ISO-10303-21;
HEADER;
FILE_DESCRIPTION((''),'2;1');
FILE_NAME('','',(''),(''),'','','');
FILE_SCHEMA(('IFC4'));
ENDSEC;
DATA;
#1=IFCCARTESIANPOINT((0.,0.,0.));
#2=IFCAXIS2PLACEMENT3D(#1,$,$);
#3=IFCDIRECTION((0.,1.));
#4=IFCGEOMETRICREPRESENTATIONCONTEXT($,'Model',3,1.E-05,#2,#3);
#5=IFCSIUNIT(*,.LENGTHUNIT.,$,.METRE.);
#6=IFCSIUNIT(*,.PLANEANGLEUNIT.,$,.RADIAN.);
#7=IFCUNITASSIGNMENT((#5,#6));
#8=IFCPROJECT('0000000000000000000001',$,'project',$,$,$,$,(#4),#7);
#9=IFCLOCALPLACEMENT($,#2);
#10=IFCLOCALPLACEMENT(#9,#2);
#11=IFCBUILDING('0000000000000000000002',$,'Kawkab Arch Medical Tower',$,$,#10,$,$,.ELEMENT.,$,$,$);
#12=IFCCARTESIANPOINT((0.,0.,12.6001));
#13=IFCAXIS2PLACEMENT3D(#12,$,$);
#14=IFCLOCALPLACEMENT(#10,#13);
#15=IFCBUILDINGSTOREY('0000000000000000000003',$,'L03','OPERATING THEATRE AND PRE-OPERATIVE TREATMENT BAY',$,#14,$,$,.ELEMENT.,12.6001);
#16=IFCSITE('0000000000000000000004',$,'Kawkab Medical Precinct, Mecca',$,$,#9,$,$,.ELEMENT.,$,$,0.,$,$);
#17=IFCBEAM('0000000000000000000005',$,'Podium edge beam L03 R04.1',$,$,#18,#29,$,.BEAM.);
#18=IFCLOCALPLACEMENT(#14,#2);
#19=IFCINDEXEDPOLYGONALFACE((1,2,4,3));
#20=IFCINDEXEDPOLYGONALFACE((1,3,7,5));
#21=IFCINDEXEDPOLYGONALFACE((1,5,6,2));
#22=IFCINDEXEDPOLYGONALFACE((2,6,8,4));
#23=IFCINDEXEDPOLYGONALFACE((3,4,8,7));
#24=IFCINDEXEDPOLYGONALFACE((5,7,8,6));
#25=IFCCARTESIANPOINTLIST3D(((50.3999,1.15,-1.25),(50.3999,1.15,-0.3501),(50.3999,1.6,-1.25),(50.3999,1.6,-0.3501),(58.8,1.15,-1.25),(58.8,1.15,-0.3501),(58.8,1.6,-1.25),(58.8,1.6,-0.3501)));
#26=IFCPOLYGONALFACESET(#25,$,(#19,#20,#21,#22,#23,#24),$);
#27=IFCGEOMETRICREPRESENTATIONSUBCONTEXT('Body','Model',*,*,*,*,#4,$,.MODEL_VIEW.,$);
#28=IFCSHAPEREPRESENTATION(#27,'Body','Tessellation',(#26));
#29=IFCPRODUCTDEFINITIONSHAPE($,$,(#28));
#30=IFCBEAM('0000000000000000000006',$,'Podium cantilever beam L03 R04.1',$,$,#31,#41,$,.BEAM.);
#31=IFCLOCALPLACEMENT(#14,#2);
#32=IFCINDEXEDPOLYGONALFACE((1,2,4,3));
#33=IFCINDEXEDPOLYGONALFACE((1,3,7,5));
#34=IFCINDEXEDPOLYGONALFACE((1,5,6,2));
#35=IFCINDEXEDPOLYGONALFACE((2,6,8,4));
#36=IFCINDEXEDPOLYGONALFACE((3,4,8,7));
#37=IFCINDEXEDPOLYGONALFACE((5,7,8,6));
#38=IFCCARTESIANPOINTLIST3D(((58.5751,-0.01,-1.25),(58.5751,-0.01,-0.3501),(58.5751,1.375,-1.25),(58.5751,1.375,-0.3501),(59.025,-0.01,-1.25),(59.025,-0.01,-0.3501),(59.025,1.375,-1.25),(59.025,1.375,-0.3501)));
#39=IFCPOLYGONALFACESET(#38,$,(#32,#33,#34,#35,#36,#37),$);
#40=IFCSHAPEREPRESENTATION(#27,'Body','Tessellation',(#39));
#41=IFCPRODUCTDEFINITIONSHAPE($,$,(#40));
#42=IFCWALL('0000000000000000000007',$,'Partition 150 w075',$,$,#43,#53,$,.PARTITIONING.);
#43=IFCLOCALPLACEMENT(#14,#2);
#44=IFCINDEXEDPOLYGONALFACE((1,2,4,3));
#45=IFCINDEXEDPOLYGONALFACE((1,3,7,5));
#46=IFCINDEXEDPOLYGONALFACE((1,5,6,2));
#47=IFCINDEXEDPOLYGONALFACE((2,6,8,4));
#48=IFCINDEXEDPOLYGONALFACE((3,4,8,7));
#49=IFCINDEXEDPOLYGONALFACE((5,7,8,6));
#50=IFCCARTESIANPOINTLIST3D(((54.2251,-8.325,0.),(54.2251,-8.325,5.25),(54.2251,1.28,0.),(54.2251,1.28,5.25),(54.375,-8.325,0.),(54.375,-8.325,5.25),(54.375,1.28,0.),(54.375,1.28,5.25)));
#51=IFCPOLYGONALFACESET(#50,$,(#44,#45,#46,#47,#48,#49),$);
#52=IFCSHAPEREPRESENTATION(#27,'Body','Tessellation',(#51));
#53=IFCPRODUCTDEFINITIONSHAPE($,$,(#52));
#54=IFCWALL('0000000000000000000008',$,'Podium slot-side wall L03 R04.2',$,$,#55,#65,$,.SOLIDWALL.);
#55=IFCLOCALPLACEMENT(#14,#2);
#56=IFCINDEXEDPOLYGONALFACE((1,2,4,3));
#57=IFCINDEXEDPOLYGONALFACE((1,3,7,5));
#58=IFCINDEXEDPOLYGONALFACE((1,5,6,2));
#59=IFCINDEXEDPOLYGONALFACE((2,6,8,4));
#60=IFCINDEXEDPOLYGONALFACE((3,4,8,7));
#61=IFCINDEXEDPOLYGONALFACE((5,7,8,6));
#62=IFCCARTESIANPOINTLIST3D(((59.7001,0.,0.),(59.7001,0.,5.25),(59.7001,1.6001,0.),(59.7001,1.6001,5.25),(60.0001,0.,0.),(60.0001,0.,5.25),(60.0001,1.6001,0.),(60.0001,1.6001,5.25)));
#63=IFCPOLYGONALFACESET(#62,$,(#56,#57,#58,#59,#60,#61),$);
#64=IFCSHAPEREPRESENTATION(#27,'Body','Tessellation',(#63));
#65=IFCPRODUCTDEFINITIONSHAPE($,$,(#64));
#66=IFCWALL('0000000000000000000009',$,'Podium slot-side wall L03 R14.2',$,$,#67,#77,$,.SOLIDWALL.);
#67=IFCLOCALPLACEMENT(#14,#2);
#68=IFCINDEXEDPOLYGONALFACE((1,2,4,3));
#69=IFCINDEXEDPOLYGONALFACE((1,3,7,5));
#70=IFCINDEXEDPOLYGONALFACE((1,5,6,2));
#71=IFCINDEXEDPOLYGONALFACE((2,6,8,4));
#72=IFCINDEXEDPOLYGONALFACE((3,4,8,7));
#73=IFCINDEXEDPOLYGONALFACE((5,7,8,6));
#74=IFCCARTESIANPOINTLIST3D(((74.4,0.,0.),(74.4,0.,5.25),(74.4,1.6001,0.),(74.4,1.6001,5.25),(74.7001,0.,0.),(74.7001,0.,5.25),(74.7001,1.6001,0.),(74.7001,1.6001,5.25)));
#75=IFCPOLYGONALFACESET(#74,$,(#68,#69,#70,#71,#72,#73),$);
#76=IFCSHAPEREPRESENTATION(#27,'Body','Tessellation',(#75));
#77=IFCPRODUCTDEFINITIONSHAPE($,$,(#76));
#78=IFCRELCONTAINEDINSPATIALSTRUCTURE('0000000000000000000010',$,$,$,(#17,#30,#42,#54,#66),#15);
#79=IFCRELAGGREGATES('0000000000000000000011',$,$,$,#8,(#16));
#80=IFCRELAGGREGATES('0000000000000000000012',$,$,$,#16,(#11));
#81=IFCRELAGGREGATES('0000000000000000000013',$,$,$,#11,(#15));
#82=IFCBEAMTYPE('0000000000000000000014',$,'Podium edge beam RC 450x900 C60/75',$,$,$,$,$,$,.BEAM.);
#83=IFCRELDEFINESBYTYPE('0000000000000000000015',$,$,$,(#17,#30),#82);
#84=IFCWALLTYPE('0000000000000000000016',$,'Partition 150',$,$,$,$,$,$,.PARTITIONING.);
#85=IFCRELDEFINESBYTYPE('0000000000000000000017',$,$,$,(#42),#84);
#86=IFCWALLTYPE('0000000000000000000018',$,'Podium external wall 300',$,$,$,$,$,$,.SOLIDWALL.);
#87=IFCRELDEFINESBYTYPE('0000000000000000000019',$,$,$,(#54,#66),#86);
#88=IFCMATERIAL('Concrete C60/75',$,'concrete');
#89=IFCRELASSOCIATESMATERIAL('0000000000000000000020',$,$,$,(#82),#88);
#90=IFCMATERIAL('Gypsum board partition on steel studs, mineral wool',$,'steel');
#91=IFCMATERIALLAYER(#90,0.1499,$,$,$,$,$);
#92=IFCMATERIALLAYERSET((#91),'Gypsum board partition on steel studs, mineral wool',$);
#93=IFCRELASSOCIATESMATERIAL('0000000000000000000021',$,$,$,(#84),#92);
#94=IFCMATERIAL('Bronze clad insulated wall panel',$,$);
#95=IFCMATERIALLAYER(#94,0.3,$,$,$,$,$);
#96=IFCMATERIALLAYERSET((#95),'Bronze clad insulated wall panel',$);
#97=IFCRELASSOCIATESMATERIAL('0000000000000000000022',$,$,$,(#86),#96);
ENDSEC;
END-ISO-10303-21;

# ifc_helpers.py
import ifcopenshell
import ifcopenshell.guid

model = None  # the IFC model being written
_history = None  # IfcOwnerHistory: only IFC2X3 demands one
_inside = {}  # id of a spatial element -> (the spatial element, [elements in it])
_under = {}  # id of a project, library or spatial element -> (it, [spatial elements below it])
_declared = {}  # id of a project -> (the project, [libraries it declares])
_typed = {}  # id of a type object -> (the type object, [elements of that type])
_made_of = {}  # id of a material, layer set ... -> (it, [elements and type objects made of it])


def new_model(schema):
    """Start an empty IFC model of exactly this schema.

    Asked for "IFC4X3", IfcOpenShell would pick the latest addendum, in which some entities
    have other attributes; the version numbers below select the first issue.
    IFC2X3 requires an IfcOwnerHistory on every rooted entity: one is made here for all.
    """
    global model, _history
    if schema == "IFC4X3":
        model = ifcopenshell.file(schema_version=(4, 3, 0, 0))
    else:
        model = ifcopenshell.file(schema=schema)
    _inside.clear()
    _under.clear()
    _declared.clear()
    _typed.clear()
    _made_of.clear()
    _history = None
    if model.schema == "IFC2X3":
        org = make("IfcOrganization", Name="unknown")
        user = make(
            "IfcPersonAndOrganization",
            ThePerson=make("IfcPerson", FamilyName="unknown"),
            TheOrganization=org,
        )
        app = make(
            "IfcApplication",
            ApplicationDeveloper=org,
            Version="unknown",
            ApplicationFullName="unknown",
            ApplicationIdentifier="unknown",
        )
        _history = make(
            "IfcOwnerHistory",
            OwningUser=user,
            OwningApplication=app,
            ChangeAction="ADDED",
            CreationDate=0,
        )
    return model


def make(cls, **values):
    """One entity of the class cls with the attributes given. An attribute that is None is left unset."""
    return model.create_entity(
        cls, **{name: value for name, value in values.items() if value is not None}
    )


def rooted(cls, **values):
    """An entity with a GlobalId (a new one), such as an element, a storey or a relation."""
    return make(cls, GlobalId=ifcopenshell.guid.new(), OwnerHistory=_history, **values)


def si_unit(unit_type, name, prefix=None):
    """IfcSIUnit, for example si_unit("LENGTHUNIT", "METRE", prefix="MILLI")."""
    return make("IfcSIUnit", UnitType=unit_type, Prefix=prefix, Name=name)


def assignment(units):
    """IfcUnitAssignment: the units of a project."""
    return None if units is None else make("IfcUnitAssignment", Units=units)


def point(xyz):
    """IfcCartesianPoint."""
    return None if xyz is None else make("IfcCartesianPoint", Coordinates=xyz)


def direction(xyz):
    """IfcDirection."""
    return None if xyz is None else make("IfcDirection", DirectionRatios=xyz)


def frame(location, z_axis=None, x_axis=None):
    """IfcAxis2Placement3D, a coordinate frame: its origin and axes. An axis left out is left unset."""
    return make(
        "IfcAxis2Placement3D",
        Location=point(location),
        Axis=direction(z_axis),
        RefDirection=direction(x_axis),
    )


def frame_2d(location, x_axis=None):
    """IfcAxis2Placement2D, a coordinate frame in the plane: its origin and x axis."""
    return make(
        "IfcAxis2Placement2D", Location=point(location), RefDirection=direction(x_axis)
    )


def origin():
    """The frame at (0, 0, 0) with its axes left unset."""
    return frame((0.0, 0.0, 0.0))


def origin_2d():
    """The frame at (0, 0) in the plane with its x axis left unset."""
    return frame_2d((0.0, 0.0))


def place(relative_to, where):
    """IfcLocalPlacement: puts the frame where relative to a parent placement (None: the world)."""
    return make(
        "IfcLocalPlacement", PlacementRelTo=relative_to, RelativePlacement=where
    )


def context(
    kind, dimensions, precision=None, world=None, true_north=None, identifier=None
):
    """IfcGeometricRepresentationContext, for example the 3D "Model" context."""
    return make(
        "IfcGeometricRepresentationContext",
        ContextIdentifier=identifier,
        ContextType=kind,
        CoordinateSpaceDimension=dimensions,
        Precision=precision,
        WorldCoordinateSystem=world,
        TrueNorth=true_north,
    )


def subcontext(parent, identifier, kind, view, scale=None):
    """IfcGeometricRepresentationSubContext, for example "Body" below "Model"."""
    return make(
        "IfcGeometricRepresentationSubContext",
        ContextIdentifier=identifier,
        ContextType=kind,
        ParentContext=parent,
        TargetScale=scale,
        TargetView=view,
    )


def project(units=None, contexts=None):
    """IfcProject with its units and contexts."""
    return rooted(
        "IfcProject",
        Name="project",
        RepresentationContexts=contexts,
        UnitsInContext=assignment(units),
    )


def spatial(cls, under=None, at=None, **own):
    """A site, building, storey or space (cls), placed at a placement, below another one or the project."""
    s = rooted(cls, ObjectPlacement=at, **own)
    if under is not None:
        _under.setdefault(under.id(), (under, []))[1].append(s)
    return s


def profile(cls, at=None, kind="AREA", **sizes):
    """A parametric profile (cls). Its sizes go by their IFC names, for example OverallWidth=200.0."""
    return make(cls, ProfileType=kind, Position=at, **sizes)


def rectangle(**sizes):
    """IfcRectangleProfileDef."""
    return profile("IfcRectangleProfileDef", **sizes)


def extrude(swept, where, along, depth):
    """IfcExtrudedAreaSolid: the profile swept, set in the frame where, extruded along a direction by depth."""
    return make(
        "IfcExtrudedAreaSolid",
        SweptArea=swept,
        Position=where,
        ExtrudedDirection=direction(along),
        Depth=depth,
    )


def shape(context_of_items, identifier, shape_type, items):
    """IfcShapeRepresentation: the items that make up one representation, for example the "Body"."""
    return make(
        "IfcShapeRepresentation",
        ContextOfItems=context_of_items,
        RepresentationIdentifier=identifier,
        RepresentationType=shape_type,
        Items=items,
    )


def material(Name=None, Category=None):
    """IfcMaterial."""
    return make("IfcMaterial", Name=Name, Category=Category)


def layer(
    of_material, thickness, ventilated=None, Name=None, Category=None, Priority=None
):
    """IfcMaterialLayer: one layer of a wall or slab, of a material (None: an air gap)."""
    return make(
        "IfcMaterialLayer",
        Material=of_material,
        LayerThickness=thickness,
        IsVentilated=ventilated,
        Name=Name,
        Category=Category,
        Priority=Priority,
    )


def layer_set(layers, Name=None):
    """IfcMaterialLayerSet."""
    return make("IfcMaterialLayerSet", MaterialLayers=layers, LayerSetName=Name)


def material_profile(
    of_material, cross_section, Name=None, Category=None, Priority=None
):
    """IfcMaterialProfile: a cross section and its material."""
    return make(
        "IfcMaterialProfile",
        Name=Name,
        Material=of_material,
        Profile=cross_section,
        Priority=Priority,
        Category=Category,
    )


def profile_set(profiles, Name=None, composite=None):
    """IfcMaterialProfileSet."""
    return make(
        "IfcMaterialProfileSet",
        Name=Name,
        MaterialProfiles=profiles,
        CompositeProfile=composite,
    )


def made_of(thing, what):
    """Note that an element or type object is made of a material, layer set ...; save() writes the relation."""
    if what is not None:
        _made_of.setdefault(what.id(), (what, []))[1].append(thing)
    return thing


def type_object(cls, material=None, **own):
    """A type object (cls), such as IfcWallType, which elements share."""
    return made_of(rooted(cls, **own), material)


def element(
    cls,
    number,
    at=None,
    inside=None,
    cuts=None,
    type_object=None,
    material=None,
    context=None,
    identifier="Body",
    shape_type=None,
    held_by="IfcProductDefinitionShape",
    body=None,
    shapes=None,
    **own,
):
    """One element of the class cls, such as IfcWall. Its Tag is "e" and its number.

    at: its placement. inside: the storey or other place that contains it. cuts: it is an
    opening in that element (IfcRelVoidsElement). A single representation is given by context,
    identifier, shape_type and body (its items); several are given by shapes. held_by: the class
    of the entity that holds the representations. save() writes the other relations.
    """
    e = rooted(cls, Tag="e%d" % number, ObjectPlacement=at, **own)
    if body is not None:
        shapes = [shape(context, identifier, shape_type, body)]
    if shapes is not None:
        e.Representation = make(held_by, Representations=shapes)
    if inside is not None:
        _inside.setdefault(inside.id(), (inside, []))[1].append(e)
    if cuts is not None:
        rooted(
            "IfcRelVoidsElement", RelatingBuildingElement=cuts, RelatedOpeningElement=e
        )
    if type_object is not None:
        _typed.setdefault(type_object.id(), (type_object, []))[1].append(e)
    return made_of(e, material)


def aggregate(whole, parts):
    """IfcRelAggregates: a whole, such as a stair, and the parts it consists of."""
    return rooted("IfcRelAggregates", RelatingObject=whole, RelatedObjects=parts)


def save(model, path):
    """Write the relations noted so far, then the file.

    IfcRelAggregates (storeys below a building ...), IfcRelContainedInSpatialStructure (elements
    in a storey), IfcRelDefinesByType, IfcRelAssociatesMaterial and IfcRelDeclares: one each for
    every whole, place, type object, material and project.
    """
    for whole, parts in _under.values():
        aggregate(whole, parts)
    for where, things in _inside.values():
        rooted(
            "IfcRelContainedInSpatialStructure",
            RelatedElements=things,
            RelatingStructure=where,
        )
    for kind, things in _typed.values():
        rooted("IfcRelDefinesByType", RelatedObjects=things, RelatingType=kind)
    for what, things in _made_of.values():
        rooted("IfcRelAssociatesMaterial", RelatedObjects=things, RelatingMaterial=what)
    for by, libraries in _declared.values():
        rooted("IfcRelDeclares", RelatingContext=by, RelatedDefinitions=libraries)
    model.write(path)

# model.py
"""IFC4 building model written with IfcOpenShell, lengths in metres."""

from ifc_helpers import new_model, si_unit, direction, frame, frame_2d, origin, origin_2d, place, context, subcontext, project, spatial, rectangle, extrude, material, layer, layer_set, material_profile, profile_set, type_object, element, save


model = new_model("IFC4")

# Units and contexts
model_context = context("Model", 3, precision=1e-05, world=origin(), true_north=direction((0.0, 1.0)))
body_context = subcontext(model_context, "Body", "Model", "MODEL_VIEW")
ifc_project = project(units=[si_unit("LENGTHUNIT", "METRE"), si_unit("PLANEANGLEUNIT", "RADIAN")], contexts=[model_context])

# Site, building, storey
site_placement = place(None, origin())
site = spatial("IfcSite", under=ifc_project, at=site_placement, Name="Kawkab Medical Precinct, Mecca", CompositionType="ELEMENT", RefElevation=0.0)
building_placement = place(site_placement, origin())
building = spatial("IfcBuilding", under=site, at=building_placement, Name="Kawkab Arch Medical Tower", CompositionType="ELEMENT")
storey_placement = place(building_placement, frame((0.0, 0.0, 12.6001)))
storey = spatial("IfcBuildingStorey", under=building, at=storey_placement, Name="L03", Description="OPERATING THEATRE AND PRE-OPERATIVE TREATMENT BAY", CompositionType="ELEMENT", Elevation=12.6001)

# Beams
ifc_material_1 = material(Name="Concrete C60/75", Category="concrete")
ifc_material_profile = material_profile(ifc_material_1, rectangle(XDim=0.45, YDim=0.8999, at=origin_2d()), Name="RC 450x900")
ifc_profile_set = profile_set([ifc_material_profile], Name="Concrete C60/75")
beam_type = type_object("IfcBeamType", Name="Podium edge beam RC 450x900 C60/75", PredefinedType="BEAM", material=ifc_profile_set)
beam_1_placement = place(storey_placement, frame((58.8, 1.375, -0.8), z_axis=(-1.0, 0.0, 0.0), x_axis=(0.0, -1.0, 0.0)))
element("IfcBeam", 1, at=beam_1_placement, inside=storey, type_object=beam_type, Name="Podium edge beam L03 R04.1", PredefinedType="BEAM", context=body_context, shape_type="SweptSolid", body=[
    extrude(rectangle(XDim=0.45, YDim=0.8999, at=origin_2d()), origin(), (0.0, 0.0, 1.0), 8.4001),
])
beam_2_placement = place(storey_placement, frame((58.8, -0.01, -0.8), z_axis=(0.0, 1.0, 0.0), x_axis=(-1.0, 0.0, 0.0)))
element("IfcBeam", 2, at=beam_2_placement, inside=storey, type_object=beam_type, Name="Podium cantilever beam L03 R04.1", PredefinedType="BEAM", context=body_context, shape_type="SweptSolid", body=[
    extrude(rectangle(XDim=0.45, YDim=0.8999, at=origin_2d()), origin(), (0.0, 0.0, 1.0), 1.385),
])

# Walls
ifc_material_2 = material(Name="Gypsum board partition on steel studs, mineral wool", Category="steel")
ifc_layer_1 = layer(ifc_material_2, 0.1499)
ifc_layer_set_1 = layer_set([ifc_layer_1], Name="Gypsum board partition on steel studs, mineral wool")
wall_type_1 = type_object("IfcWallType", Name="Partition 150", PredefinedType="PARTITIONING", material=ifc_layer_set_1)
wall_1_placement = place(storey_placement, frame((54.3, -8.325, 0.0), z_axis=(0.0, 0.0, 1.0), x_axis=(0.0, 1.0, 0.0)))
element("IfcWall", 3, at=wall_1_placement, inside=storey, type_object=wall_type_1, Name="Partition 150 w075", PredefinedType="PARTITIONING", context=body_context, shape_type="SweptSolid", body=[
    extrude(rectangle(XDim=9.605, YDim=0.1499, at=frame_2d((4.8025, 0.0))), origin(), (0.0, 0.0, 1.0), 5.25),
])
ifc_material_3 = material(Name="Bronze clad insulated wall panel")
ifc_layer_2 = layer(ifc_material_3, 0.3)
ifc_layer_set_2 = layer_set([ifc_layer_2], Name="Bronze clad insulated wall panel")
wall_type_2 = type_object("IfcWallType", Name="Podium external wall 300", PredefinedType="SOLIDWALL", material=ifc_layer_set_2)
wall_2_placement = place(storey_placement, frame((59.8501, 0.0, 0.0), z_axis=(0.0, 0.0, 1.0), x_axis=(0.0, 1.0, 0.0)))
element("IfcWall", 4, at=wall_2_placement, inside=storey, type_object=wall_type_2, Name="Podium slot-side wall L03 R04.2", PredefinedType="SOLIDWALL", context=body_context, shape_type="SweptSolid", body=[
    extrude(rectangle(XDim=1.6001, YDim=0.3, at=frame_2d((0.8, 0.0))), origin(), (0.0, 0.0, 1.0), 5.25),
])

# Wall
wall_3_placement = place(storey_placement, frame((74.55, 1.6001, 0.0), z_axis=(0.0, 0.0, 1.0), x_axis=(0.0, -1.0, 0.0)))
element("IfcWall", 5, at=wall_3_placement, inside=storey, type_object=wall_type_2, Name="Podium slot-side wall L03 R14.2", PredefinedType="SOLIDWALL", context=body_context, shape_type="SweptSolid", body=[
    extrude(rectangle(XDim=1.6001, YDim=0.3, at=frame_2d((0.8, 0.0))), origin(), (0.0, 0.0, 1.0), 5.25),
])

save(model, "model.ifc")
